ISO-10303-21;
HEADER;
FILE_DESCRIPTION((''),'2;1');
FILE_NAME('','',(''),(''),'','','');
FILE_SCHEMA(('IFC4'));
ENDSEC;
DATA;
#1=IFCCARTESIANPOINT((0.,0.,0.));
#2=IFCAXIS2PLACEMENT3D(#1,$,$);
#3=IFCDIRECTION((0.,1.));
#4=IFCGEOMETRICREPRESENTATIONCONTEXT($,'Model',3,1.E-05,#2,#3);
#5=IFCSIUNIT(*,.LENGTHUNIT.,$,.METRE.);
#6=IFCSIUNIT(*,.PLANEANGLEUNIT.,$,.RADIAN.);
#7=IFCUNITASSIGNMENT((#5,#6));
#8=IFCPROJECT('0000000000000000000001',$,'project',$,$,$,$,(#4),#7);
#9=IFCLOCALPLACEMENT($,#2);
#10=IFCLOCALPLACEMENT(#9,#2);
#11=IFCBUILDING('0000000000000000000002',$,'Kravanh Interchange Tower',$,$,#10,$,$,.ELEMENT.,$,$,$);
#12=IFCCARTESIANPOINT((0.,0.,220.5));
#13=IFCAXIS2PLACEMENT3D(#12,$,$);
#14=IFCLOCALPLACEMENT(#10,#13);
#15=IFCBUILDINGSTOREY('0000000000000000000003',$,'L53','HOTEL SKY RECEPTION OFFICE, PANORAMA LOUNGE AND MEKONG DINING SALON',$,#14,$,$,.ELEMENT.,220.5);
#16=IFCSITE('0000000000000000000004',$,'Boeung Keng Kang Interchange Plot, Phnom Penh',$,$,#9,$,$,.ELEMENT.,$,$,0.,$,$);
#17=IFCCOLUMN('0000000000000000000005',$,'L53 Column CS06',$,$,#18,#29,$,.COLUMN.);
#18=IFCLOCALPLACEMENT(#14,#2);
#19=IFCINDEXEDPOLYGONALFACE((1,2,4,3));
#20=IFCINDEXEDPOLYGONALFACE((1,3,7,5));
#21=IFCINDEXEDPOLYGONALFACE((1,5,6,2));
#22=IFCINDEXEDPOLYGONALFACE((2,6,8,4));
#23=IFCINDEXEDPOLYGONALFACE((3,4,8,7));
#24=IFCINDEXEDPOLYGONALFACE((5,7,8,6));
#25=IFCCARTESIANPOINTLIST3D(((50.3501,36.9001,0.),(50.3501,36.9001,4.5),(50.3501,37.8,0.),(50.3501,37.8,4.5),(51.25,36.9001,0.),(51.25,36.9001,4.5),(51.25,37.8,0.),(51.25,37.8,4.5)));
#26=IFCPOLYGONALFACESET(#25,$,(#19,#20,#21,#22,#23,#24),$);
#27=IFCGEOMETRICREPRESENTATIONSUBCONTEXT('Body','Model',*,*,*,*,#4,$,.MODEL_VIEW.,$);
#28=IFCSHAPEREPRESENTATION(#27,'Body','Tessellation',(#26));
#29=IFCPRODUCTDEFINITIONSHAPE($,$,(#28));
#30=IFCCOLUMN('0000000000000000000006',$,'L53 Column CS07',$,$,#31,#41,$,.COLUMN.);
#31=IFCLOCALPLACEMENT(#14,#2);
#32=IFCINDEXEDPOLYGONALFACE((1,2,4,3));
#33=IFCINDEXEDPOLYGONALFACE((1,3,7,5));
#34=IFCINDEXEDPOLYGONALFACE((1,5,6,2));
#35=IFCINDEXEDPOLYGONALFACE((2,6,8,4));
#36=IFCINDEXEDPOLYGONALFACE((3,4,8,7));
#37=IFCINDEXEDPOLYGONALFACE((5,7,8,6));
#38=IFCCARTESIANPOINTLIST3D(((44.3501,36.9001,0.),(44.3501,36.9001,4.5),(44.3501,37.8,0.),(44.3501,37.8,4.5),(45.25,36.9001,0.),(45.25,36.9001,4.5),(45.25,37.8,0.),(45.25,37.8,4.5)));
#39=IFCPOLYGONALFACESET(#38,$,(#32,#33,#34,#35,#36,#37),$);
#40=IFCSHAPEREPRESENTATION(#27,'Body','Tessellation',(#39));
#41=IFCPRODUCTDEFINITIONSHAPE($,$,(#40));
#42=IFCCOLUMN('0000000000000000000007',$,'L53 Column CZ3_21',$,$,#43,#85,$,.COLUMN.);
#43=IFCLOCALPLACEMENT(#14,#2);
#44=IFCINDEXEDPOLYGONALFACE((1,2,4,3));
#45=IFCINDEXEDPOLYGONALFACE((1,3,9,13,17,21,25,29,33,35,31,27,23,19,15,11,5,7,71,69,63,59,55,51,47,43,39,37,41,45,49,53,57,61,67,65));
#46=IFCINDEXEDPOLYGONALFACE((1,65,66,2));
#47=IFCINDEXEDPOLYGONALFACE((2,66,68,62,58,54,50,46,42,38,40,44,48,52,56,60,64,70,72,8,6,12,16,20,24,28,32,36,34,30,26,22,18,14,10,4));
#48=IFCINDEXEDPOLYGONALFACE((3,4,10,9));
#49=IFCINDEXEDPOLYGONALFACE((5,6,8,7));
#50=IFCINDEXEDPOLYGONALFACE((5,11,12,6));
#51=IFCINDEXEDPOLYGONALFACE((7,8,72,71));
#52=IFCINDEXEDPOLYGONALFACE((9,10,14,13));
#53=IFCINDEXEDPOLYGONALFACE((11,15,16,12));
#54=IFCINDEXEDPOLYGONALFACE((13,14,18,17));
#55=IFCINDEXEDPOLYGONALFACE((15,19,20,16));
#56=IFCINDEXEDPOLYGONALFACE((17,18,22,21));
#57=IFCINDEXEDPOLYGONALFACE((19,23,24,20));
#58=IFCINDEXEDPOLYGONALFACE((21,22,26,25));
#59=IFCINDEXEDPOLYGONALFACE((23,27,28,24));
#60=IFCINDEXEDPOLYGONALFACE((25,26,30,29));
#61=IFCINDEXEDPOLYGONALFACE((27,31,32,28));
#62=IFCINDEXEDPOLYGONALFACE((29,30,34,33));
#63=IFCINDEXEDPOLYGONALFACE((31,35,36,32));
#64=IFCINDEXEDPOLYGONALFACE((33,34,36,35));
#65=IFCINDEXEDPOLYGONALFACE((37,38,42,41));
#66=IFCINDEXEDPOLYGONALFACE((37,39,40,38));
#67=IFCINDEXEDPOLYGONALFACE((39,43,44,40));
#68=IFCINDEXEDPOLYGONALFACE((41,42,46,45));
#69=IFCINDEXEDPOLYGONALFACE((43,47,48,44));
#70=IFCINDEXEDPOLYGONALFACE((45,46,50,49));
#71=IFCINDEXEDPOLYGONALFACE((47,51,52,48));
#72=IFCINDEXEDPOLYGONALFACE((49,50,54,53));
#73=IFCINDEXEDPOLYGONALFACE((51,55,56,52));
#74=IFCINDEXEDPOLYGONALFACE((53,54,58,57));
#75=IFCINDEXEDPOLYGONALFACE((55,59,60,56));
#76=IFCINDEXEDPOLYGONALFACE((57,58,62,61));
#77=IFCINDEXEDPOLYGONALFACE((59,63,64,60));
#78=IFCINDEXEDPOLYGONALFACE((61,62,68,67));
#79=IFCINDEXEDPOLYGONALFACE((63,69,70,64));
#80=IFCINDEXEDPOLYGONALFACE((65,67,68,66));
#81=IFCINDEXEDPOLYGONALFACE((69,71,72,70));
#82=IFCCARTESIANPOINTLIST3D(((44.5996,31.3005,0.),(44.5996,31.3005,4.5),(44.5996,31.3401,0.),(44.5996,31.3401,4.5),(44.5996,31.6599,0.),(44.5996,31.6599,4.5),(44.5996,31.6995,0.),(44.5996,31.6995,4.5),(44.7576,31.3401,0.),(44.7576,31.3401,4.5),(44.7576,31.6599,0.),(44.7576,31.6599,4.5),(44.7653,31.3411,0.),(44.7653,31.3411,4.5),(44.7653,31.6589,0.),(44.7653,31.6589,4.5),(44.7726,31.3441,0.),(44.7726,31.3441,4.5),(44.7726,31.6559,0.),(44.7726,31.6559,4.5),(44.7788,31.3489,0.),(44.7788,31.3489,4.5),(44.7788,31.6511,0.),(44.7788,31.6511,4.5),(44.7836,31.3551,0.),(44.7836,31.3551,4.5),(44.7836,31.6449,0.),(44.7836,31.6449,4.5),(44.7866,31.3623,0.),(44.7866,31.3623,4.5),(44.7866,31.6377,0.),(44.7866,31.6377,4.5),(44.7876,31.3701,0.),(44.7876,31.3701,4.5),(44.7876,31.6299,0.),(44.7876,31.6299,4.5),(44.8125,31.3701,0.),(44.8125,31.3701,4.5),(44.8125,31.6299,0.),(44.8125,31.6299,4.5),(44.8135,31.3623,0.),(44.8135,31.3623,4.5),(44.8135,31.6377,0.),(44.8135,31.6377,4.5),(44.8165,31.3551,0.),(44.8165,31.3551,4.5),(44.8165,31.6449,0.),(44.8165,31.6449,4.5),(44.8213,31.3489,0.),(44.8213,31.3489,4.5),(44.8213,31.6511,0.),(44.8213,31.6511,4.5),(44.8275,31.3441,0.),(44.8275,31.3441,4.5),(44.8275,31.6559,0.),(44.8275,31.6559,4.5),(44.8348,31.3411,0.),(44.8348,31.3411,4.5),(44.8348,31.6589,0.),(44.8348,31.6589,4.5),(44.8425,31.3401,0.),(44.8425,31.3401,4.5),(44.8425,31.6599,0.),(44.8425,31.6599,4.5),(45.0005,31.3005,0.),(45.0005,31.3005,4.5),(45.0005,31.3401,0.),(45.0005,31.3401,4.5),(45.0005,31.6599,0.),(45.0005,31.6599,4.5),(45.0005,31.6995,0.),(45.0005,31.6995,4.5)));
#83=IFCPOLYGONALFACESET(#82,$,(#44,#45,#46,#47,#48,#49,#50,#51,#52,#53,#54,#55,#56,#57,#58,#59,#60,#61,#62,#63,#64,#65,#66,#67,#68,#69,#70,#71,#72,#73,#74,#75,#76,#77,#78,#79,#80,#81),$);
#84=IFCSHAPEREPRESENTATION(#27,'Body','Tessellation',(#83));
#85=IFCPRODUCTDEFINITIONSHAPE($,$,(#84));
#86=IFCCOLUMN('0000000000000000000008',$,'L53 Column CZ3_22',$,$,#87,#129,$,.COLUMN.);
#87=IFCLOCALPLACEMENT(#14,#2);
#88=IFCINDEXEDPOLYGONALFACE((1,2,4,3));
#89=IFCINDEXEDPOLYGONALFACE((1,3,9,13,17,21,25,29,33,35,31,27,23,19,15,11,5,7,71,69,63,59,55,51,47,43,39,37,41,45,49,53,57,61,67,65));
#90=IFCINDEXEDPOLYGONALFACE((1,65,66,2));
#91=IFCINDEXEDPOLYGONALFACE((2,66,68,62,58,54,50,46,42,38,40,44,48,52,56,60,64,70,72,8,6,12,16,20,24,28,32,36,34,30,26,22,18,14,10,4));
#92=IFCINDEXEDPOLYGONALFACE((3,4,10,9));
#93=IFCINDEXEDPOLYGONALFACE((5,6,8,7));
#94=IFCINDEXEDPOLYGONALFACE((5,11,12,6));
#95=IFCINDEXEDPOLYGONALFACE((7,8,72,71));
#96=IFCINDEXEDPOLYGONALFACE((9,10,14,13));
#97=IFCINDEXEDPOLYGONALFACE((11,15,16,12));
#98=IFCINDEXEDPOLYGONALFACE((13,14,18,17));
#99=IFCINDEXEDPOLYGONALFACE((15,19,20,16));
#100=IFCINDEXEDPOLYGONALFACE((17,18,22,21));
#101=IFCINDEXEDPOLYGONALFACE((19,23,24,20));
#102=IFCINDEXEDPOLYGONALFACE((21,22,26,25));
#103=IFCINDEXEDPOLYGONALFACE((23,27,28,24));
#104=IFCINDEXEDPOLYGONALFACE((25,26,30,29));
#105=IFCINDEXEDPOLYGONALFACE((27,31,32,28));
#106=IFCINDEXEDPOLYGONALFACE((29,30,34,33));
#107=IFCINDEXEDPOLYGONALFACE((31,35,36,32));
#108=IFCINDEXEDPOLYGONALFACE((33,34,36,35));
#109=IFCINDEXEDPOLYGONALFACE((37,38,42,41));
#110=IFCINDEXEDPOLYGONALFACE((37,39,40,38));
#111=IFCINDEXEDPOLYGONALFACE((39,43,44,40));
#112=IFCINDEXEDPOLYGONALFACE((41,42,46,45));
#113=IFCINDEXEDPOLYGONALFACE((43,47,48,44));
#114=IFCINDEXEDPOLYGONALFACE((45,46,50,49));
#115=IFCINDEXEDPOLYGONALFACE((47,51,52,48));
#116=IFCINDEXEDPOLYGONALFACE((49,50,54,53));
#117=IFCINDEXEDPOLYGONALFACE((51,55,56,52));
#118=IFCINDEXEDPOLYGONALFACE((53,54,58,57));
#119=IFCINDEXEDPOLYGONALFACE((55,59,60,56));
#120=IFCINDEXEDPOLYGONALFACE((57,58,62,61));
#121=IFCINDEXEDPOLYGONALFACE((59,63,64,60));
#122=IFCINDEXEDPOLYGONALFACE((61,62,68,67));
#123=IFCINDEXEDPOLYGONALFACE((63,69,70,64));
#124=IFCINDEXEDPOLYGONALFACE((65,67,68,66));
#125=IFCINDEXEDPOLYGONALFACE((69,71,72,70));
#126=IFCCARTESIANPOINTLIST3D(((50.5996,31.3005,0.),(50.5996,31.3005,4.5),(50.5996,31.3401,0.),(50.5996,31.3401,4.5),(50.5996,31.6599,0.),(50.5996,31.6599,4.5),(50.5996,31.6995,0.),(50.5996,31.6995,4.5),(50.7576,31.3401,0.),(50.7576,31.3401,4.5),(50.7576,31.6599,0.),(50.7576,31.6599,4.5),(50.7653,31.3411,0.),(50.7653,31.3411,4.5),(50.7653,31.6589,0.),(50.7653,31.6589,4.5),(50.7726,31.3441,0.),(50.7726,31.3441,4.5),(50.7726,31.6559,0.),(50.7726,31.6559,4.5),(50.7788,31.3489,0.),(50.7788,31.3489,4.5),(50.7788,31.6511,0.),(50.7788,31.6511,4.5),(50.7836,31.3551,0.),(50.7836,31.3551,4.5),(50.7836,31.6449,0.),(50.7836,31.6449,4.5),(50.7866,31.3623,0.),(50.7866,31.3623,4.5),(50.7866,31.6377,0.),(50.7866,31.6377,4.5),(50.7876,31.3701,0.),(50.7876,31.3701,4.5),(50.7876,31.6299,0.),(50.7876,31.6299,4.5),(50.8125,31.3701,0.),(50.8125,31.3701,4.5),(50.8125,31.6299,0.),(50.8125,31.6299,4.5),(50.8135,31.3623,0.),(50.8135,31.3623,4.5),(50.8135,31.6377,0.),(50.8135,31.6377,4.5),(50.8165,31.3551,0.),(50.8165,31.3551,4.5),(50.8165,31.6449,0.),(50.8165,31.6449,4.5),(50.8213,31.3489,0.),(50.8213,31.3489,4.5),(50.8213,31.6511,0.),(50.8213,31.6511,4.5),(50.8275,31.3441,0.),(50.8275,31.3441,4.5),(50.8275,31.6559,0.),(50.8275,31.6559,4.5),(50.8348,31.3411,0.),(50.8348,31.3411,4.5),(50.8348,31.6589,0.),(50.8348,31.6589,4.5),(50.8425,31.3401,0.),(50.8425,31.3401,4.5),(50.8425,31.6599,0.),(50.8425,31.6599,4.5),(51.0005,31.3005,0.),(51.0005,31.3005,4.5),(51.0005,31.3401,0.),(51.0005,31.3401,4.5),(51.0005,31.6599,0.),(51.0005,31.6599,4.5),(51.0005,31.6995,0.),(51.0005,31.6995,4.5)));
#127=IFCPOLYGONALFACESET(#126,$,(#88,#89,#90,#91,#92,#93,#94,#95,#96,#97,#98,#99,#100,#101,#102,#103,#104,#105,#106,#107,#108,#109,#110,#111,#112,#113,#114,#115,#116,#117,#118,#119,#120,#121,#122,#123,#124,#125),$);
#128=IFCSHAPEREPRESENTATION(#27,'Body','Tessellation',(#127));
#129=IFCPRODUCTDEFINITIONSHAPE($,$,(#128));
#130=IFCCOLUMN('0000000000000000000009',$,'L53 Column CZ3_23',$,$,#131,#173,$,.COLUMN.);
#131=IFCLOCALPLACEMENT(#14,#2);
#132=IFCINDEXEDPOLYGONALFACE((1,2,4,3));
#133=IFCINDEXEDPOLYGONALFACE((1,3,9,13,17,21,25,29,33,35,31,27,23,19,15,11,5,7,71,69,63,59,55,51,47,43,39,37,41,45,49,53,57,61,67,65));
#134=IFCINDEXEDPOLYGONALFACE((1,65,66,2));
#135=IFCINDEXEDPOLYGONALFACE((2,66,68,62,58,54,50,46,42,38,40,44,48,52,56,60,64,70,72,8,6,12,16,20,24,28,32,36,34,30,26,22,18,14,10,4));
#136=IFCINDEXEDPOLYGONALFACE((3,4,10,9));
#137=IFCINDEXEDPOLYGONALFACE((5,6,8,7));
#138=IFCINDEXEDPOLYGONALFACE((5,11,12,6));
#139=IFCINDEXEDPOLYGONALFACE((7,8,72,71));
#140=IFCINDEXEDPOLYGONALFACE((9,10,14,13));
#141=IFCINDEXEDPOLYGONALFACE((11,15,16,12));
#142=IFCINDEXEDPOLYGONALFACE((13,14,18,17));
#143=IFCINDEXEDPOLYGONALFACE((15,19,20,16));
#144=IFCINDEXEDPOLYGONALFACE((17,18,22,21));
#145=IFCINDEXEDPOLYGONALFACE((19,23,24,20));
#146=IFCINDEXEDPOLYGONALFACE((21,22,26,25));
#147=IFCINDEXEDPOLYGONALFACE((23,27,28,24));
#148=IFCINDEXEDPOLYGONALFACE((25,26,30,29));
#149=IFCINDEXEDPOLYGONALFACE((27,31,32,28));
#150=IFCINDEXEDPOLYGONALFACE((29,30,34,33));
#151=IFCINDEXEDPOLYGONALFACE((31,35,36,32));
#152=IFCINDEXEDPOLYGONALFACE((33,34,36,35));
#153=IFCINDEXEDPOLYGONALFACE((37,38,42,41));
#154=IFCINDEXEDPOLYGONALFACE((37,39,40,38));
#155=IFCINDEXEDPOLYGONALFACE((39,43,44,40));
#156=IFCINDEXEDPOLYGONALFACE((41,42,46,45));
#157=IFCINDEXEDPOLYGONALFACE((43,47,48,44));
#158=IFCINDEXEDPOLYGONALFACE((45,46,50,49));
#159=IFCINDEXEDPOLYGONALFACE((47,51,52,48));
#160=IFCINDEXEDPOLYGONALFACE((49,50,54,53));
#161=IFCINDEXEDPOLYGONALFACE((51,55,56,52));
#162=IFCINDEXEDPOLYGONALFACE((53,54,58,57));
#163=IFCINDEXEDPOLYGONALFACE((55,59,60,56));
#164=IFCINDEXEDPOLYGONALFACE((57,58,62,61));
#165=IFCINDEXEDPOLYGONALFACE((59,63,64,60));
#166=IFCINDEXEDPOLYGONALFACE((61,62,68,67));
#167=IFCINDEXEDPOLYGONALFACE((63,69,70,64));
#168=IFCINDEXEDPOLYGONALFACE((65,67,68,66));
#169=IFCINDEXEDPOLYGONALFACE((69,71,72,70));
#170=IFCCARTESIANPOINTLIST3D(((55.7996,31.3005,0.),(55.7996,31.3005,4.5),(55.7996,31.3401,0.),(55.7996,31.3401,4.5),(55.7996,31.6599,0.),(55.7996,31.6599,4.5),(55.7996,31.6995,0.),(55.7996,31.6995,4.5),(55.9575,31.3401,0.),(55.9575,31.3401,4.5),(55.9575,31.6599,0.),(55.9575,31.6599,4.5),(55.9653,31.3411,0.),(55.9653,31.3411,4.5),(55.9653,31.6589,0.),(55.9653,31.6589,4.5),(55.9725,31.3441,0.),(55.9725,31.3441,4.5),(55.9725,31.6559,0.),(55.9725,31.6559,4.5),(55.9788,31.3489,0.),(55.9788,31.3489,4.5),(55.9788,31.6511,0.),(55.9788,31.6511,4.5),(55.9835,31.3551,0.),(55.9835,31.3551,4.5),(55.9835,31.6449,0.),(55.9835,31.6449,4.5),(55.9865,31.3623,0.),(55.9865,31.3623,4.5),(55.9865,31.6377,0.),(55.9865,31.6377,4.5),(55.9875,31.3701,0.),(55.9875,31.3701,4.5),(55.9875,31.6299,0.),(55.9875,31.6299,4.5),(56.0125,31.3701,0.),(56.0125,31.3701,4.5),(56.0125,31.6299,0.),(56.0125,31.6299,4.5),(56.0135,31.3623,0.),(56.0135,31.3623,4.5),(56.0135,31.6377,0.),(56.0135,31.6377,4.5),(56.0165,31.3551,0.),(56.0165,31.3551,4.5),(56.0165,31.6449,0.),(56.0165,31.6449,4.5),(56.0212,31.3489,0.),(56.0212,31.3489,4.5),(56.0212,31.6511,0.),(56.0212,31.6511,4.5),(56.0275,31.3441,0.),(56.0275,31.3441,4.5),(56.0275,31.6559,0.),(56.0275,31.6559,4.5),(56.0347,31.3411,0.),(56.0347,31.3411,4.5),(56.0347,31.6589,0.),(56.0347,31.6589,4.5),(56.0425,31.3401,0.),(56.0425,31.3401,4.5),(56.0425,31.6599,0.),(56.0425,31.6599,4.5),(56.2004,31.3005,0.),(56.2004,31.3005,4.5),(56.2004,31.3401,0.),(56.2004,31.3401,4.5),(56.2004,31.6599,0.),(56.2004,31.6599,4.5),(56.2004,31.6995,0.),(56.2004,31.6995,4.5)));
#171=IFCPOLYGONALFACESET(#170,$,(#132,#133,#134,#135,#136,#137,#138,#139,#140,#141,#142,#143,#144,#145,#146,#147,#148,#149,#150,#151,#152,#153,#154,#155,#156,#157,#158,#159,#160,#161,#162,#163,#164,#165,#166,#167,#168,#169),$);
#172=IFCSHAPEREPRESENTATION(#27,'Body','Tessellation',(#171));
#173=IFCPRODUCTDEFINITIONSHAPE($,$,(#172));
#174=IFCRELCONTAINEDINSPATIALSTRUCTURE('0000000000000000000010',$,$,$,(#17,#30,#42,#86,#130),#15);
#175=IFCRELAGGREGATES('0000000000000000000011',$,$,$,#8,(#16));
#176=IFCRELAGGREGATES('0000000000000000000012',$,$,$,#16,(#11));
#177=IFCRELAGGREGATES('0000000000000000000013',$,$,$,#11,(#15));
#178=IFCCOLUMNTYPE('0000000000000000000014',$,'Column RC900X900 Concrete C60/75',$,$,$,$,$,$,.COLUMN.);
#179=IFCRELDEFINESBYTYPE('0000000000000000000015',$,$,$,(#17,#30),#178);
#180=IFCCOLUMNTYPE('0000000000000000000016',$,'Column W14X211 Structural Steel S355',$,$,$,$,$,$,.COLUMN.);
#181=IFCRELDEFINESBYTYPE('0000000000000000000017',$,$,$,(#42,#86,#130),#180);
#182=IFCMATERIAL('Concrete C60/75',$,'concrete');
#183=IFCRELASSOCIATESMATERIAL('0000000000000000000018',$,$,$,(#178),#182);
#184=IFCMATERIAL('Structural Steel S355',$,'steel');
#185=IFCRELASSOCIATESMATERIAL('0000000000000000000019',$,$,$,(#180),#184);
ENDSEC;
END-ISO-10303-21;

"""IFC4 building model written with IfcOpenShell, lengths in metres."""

from ifc_helpers import new_model, si_unit, direction, frame, origin, origin_2d, place, context, subcontext, project, spatial, rectangle, i_section, extrude, material, material_profile, profile_set, type_object, element, save


model = new_model("IFC4")

# Units and contexts
model_context = context("Model", 3, precision=1e-05, world=origin(), true_north=direction((0.0, 1.0)))
body_context = subcontext(model_context, "Body", "Model", "MODEL_VIEW")
ifc_project = project(units=[si_unit("LENGTHUNIT", "METRE"), si_unit("PLANEANGLEUNIT", "RADIAN")], contexts=[model_context])

# Site, building, storey
site_placement = place(None, origin())
site = spatial("IfcSite", under=ifc_project, at=site_placement, Name="Boeung Keng Kang Interchange Plot, Phnom Penh", CompositionType="ELEMENT", RefElevation=0.0)
building_placement = place(site_placement, origin())
building = spatial("IfcBuilding", under=site, at=building_placement, Name="Kravanh Interchange Tower", CompositionType="ELEMENT")
storey_placement = place(building_placement, frame((0.0, 0.0, 220.5)))
storey = spatial("IfcBuildingStorey", under=building, at=storey_placement, Name="L53", Description="HOTEL SKY RECEPTION OFFICE, PANORAMA LOUNGE AND MEKONG DINING SALON", CompositionType="ELEMENT", Elevation=220.5)

# Columns
ifc_material_1 = material(Name="Concrete C60/75", Category="concrete")
ifc_material_profile_1 = material_profile(ifc_material_1, rectangle(XDim=0.8999, YDim=0.8999, at=origin_2d()), Name="RC900X900")
ifc_profile_set_1 = profile_set([ifc_material_profile_1], Name="Concrete C60/75")
column_type_1 = type_object("IfcColumnType", Name="Column RC900X900 Concrete C60/75", PredefinedType="COLUMN", material=ifc_profile_set_1)
for number, where, z_axis, x_axis, name in (
    (1, (50.8, 37.3501, 0.0), (0.0, 0.0, 1.0), (1.0, 0.0, 0.0), "L53 Column CS06"),
    (2, (44.8, 37.3501, 0.0), (0.0, 0.0, 1.0), (1.0, 0.0, 0.0), "L53 Column CS07"),
):
    element("IfcColumn", number, at=place(storey_placement, frame(where, z_axis=z_axis, x_axis=x_axis)), inside=storey, type_object=column_type_1, Name=name, PredefinedType="COLUMN", context=body_context, shape_type="SweptSolid", body=[
        extrude(rectangle(XDim=0.8999, YDim=0.8999, at=origin_2d()), origin(), (0.0, 0.0, 1.0), 4.5),
    ])
ifc_material_2 = material(Name="Structural Steel S355", Category="steel")
ifc_material_profile_2 = material_profile(ifc_material_2, i_section(OverallWidth=0.4009, OverallDepth=0.3989, WebThickness=0.0249, FlangeThickness=0.0396, FilletRadius=0.03, at=origin_2d()), Name="W14X211")
ifc_profile_set_2 = profile_set([ifc_material_profile_2], Name="Structural Steel S355")
column_type_2 = type_object("IfcColumnType", Name="Column W14X211 Structural Steel S355", PredefinedType="COLUMN", material=ifc_profile_set_2)
for number, where, z_axis, x_axis, name in (
    (3, (44.8, 31.5, 0.0), (0.0, 0.0, 1.0), (1.0, 0.0, 0.0), "L53 Column CZ3_21"),
    (4, (50.8, 31.5, 0.0), (0.0, 0.0, 1.0), (1.0, 0.0, 0.0), "L53 Column CZ3_22"),
    (5, (56.0, 31.5, 0.0), (0.0, 0.0, 1.0), (1.0, 0.0, 0.0), "L53 Column CZ3_23"),
):
    element("IfcColumn", number, at=place(storey_placement, frame(where, z_axis=z_axis, x_axis=x_axis)), inside=storey, type_object=column_type_2, Name=name, PredefinedType="COLUMN", context=body_context, shape_type="SweptSolid", body=[
        extrude(i_section(OverallWidth=0.4009, OverallDepth=0.3989, WebThickness=0.0249, FlangeThickness=0.0396, FilletRadius=0.03, at=origin_2d()), origin(), (0.0, 0.0, 1.0), 4.5),
    ])

save(model, "model.ifc")
